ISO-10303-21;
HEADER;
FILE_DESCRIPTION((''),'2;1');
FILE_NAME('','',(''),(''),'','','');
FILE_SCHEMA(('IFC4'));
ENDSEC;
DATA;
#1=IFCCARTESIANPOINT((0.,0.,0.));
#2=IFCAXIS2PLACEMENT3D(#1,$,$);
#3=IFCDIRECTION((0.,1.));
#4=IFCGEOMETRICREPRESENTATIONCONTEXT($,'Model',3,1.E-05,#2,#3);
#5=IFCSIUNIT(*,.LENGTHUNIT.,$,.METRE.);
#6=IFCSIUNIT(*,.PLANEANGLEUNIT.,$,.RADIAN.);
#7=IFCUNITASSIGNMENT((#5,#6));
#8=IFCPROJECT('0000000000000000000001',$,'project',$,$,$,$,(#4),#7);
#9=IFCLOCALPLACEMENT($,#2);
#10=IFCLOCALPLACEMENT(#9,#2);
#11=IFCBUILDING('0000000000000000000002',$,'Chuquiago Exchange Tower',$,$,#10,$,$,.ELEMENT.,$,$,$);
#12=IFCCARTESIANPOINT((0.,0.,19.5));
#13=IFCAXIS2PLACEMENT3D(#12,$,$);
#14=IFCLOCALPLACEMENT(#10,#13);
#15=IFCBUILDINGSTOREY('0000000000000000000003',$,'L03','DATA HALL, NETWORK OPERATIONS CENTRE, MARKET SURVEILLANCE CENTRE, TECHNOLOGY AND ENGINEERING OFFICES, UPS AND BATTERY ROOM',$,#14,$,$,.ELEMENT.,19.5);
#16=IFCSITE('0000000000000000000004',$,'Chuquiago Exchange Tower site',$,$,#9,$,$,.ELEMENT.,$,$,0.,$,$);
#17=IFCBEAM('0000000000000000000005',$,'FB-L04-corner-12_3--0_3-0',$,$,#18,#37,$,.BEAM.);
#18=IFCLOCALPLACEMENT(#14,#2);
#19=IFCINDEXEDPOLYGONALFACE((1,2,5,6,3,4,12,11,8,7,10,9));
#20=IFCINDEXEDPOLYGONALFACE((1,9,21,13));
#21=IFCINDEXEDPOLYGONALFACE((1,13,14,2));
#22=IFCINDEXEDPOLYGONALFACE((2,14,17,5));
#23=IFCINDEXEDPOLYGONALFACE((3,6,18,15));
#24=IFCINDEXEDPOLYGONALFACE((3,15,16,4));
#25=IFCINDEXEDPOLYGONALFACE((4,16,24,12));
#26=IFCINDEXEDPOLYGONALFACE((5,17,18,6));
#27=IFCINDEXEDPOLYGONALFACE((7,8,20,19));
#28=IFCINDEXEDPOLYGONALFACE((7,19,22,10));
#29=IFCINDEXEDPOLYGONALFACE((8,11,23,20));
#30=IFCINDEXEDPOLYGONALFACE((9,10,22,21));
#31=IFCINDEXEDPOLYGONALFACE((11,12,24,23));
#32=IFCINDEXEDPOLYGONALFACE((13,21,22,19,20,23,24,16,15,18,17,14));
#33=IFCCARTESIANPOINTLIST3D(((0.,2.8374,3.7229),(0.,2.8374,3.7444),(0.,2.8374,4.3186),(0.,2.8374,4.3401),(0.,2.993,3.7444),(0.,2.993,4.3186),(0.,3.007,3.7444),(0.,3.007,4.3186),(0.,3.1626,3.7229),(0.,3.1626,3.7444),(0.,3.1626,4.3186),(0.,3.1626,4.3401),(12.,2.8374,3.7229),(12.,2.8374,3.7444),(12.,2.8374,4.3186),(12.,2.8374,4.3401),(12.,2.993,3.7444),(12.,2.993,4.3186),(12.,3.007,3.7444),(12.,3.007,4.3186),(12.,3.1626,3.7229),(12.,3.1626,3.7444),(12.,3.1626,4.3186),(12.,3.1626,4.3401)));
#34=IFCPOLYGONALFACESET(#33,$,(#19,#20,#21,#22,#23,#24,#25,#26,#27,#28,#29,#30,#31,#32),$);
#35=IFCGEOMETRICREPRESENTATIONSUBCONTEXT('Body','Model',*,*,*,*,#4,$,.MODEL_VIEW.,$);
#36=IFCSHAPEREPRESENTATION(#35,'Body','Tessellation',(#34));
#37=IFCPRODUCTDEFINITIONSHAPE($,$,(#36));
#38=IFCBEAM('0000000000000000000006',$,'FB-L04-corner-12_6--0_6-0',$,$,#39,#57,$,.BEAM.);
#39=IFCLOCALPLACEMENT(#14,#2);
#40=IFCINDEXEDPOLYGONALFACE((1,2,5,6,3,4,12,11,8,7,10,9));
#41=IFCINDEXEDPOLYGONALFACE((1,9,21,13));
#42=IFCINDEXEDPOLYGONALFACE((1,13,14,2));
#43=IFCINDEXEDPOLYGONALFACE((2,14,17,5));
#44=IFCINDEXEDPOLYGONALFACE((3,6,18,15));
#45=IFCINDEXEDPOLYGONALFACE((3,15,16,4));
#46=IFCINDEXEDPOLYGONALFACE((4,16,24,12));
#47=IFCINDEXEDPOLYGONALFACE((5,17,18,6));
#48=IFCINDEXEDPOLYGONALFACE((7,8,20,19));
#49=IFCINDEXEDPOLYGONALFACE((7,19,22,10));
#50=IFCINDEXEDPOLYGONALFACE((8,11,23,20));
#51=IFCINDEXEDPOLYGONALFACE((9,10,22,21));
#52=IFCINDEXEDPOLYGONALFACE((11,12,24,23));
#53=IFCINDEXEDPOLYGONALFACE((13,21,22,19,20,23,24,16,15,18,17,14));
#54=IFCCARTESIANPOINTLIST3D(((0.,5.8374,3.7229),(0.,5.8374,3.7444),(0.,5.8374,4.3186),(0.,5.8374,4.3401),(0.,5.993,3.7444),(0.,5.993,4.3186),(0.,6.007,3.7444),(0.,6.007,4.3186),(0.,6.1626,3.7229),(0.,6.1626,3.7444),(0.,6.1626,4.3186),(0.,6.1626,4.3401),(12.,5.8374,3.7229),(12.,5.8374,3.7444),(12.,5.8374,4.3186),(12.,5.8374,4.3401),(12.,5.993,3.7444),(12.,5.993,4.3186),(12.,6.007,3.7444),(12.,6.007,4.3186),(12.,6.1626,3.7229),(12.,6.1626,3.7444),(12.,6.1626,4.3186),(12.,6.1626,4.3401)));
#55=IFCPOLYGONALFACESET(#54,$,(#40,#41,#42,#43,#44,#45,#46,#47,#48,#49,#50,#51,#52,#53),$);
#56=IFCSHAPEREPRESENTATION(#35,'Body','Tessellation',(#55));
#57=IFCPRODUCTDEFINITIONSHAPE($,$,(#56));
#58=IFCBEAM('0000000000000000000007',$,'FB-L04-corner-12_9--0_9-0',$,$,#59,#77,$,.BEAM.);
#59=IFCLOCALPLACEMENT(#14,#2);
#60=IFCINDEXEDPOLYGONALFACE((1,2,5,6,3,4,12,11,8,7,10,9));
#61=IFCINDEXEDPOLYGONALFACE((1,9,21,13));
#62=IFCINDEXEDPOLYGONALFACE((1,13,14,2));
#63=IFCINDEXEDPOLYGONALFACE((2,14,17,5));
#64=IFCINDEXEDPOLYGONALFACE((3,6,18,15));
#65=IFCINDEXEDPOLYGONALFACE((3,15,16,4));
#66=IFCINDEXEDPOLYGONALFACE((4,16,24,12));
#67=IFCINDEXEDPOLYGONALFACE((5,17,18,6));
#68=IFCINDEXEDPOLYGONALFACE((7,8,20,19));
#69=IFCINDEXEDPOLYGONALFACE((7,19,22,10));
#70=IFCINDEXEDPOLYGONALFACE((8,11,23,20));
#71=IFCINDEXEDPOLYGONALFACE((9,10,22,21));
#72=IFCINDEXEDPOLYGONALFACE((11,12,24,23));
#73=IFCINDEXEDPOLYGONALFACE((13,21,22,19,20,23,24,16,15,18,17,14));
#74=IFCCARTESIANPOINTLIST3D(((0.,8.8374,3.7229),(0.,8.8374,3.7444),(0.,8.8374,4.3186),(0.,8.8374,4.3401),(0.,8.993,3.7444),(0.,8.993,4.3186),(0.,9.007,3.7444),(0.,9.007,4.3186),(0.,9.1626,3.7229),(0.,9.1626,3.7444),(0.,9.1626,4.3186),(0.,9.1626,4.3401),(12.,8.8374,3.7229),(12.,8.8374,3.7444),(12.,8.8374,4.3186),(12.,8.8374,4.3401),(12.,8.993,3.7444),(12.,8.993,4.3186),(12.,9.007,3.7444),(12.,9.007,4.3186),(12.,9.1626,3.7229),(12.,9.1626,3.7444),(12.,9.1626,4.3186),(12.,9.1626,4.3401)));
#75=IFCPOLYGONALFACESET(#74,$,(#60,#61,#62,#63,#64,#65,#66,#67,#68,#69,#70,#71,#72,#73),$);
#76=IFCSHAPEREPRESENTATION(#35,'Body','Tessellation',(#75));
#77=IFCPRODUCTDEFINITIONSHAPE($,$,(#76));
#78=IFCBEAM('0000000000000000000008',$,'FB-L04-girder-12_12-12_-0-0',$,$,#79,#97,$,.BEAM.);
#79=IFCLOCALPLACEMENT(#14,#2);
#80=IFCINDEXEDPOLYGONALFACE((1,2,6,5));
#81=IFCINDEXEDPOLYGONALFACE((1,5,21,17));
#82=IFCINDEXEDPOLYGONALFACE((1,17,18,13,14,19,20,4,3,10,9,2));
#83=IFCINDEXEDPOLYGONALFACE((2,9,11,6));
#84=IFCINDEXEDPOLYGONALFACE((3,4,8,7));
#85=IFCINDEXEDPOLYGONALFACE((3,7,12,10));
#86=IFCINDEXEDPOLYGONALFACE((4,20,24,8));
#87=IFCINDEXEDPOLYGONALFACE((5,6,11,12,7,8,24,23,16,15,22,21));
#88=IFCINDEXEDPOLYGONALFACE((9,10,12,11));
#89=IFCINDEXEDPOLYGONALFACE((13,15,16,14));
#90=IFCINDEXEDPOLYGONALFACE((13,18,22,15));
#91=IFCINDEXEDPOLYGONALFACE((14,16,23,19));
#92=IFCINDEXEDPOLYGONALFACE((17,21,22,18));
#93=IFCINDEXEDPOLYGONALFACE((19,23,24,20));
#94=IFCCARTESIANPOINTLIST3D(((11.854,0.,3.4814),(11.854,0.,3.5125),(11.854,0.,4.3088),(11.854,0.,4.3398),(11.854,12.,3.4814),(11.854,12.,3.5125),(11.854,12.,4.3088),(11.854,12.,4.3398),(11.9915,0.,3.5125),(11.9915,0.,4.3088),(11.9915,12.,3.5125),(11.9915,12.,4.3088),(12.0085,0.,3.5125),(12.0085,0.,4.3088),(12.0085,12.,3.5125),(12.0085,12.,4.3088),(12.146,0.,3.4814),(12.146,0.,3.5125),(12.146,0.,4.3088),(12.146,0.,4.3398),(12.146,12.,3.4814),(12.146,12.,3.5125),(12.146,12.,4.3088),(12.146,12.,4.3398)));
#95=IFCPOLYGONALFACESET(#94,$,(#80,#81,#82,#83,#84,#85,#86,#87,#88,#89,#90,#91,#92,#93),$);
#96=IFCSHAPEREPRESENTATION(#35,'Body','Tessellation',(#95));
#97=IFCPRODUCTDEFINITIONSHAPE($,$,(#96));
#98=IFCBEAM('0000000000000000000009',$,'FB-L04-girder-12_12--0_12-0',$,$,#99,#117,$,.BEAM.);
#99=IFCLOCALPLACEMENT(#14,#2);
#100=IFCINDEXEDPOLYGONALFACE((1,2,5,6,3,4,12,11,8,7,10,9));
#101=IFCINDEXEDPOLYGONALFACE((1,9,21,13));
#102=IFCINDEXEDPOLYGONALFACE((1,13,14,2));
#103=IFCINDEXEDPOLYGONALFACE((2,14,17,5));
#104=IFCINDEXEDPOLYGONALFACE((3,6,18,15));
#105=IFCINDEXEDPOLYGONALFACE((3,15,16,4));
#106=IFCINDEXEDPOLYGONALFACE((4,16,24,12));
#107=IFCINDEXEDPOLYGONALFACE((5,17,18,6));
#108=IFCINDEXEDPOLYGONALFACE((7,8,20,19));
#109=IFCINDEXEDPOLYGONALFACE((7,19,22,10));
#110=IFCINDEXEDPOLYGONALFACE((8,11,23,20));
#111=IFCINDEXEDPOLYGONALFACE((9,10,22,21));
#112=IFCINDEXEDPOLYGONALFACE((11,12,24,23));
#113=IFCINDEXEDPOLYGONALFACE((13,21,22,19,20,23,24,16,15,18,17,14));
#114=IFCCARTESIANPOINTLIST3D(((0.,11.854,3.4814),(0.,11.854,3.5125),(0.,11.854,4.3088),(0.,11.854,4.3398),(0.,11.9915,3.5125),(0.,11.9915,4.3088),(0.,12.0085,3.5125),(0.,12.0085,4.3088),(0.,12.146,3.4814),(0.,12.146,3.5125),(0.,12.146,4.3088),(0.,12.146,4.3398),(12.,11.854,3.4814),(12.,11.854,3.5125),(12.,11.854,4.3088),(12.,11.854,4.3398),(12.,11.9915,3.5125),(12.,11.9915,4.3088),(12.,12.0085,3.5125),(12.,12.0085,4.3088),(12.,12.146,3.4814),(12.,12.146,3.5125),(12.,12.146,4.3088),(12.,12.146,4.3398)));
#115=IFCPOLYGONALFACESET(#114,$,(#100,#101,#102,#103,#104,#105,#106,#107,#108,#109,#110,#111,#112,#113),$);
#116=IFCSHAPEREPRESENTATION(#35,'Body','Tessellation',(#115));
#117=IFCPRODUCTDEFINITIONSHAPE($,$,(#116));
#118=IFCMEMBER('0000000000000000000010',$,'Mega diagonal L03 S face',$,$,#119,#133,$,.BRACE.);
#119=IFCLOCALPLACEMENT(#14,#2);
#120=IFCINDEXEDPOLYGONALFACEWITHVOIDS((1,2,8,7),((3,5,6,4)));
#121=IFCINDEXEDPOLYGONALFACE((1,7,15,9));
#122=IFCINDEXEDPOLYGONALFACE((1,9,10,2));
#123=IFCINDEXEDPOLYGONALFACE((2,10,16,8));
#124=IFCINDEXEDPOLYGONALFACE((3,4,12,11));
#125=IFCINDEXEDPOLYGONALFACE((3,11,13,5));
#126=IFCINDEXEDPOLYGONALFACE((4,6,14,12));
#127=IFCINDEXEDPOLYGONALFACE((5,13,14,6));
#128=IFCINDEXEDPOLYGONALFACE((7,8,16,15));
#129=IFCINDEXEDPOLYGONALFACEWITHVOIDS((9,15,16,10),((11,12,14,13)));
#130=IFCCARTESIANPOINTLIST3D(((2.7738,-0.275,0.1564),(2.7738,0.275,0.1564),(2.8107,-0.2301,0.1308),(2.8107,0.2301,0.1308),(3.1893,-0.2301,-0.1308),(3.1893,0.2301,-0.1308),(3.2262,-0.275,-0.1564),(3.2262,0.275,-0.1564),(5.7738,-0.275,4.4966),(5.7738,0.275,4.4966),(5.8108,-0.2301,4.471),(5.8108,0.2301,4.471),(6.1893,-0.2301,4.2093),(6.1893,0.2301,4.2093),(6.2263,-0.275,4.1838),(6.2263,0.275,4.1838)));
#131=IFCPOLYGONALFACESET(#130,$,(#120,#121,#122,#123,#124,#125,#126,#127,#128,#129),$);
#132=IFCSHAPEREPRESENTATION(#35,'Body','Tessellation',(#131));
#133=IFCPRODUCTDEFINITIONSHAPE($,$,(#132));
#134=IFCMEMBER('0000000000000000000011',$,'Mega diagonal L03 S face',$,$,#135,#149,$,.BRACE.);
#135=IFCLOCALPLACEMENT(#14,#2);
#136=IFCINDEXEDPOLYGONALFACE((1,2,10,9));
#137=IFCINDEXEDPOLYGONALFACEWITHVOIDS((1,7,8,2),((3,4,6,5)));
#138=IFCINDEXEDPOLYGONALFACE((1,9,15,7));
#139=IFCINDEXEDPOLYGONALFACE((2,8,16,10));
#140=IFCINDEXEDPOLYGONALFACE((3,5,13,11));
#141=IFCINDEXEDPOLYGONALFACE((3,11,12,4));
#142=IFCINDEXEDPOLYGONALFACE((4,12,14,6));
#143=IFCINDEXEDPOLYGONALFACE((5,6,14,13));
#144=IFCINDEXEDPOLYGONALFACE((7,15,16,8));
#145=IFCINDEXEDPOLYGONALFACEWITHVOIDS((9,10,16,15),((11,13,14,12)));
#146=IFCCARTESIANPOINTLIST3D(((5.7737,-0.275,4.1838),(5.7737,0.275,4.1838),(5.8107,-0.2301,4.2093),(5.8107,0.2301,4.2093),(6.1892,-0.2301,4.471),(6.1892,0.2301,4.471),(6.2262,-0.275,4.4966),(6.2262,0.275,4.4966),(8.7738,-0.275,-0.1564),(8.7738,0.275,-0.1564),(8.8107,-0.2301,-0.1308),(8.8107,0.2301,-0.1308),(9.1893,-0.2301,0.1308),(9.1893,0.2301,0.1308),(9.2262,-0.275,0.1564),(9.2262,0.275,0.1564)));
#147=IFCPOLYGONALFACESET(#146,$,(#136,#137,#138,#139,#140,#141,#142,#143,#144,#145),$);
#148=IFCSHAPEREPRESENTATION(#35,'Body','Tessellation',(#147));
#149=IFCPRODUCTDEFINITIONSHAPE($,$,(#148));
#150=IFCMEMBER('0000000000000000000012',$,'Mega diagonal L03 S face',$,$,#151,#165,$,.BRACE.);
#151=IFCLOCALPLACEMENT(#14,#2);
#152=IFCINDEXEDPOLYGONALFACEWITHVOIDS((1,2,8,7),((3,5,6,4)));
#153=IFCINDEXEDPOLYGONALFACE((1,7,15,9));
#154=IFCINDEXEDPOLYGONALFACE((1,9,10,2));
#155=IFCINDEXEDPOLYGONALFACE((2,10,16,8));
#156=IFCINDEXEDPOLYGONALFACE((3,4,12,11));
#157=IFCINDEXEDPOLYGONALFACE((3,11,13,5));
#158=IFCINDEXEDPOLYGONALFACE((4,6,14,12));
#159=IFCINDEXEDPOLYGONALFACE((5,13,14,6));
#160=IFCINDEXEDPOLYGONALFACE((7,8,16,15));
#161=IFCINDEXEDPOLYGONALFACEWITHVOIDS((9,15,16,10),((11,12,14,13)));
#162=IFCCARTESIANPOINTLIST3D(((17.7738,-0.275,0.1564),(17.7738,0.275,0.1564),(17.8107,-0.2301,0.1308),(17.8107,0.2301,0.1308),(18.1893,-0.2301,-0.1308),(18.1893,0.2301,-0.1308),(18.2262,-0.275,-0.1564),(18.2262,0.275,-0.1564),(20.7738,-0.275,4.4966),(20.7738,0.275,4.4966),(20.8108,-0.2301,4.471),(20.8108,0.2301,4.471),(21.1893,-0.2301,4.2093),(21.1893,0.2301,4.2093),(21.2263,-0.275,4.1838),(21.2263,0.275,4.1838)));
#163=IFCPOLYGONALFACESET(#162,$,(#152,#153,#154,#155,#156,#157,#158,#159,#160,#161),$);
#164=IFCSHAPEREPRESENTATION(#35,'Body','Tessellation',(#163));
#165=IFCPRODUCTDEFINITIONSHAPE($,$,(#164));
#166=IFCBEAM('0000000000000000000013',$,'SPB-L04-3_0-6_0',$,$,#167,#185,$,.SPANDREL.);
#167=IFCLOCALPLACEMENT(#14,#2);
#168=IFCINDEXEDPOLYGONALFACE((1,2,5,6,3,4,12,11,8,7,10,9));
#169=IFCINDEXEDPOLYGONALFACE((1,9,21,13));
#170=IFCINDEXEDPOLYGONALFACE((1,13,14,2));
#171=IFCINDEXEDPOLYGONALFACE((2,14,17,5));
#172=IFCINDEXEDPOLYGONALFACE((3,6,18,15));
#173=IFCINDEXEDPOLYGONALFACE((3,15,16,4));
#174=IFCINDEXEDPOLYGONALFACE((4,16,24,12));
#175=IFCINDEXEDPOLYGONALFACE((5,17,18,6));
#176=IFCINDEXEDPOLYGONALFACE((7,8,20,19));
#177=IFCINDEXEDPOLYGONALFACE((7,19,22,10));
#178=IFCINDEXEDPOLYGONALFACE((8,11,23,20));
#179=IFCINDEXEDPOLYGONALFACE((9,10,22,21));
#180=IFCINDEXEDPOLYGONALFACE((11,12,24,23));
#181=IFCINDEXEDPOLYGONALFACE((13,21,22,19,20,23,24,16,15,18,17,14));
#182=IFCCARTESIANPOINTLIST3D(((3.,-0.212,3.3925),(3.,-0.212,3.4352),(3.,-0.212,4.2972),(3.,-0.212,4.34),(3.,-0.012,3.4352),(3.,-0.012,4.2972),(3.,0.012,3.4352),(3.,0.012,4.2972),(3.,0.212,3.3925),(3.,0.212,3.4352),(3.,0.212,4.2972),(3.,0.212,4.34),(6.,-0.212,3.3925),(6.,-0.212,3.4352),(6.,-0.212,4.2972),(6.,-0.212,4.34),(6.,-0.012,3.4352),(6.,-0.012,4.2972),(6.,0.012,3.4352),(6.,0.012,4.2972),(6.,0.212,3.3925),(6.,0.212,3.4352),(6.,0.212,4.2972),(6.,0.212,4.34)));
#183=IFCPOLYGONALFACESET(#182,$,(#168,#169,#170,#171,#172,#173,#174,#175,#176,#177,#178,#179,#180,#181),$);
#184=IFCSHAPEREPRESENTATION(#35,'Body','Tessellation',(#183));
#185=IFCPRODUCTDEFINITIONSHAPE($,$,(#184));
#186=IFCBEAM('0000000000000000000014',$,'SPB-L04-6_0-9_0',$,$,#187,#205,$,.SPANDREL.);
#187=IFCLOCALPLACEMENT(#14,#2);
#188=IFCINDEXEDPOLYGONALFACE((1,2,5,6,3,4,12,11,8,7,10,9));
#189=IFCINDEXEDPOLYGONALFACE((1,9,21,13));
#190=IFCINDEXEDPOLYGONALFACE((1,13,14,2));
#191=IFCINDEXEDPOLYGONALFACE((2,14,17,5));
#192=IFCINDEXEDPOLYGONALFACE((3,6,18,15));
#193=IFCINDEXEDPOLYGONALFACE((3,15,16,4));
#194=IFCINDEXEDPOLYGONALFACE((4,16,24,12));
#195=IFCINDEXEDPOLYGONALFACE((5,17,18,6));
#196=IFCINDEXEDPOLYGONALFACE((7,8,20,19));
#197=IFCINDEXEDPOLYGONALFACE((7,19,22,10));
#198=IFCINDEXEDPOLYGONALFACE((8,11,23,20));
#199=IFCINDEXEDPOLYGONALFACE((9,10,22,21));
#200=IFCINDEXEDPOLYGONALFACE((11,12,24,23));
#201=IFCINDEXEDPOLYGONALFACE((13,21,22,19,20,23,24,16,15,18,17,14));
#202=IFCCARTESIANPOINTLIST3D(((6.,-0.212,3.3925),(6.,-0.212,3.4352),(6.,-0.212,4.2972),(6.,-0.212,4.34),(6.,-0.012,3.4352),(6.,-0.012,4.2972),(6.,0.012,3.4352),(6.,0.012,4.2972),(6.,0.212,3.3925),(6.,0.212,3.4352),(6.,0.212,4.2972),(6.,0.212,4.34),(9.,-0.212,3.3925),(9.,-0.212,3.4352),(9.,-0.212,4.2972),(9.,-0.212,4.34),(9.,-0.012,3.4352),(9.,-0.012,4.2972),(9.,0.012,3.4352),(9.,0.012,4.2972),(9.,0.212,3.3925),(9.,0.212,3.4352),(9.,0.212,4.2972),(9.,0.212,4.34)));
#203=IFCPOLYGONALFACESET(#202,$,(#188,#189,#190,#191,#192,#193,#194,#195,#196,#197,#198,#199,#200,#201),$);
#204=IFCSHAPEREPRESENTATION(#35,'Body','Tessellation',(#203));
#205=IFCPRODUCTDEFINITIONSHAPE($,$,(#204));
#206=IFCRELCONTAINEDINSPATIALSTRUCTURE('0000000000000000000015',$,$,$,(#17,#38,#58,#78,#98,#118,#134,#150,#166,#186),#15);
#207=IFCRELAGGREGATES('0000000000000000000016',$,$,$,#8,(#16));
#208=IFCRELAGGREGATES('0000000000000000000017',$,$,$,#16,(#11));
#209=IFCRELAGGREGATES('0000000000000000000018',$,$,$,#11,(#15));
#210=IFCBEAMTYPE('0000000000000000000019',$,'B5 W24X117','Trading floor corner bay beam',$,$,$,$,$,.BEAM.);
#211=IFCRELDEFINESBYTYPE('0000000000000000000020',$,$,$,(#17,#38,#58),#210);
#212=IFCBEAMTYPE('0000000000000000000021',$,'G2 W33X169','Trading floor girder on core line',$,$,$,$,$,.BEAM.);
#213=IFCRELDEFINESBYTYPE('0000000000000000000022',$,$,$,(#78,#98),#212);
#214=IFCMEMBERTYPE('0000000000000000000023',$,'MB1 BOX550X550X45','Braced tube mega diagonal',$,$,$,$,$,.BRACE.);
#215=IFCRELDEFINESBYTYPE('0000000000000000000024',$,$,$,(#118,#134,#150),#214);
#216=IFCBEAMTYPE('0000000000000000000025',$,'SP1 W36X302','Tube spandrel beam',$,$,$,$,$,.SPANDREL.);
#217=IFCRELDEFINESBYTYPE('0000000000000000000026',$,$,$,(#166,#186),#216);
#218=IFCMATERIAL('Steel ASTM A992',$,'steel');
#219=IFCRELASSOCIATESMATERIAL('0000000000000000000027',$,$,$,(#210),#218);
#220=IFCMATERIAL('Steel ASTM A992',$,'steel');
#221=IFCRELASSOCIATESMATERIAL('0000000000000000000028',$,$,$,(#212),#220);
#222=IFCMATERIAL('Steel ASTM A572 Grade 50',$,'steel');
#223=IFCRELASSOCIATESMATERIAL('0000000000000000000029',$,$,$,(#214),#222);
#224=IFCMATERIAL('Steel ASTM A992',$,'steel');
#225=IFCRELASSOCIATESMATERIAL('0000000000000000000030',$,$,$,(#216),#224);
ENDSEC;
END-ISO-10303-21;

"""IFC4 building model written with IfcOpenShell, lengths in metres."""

from ifc_helpers import new_model, si_unit, direction, frame, origin, origin_2d, place, context, subcontext, project, spatial, hollow_rectangle, i_section, extrude, material, material_profile, profile_set, type_object, element, save


model = new_model("IFC4")

# Units and contexts
model_context = context("Model", 3, precision=1e-05, world=origin(), true_north=direction((0.0, 1.0)))
body_context = subcontext(model_context, "Body", "Model", "MODEL_VIEW")
ifc_project = project(units=[si_unit("LENGTHUNIT", "METRE"), si_unit("PLANEANGLEUNIT", "RADIAN")], contexts=[model_context])

# Site, building, storey
site_placement = place(None, origin())
site = spatial("IfcSite", under=ifc_project, at=site_placement, Name="Chuquiago Exchange Tower site", CompositionType="ELEMENT", RefElevation=0.0)
building_placement = place(site_placement, origin())
building = spatial("IfcBuilding", under=site, at=building_placement, Name="Chuquiago Exchange Tower", CompositionType="ELEMENT")
storey_placement = place(building_placement, frame((0.0, 0.0, 19.5)))
storey = spatial("IfcBuildingStorey", under=building, at=storey_placement, Name="L03", Description="DATA HALL, NETWORK OPERATIONS CENTRE, MARKET SURVEILLANCE CENTRE, TECHNOLOGY AND ENGINEERING OFFICES, UPS AND BATTERY ROOM", CompositionType="ELEMENT", Elevation=19.5)

# Beams
ifc_material_1 = material(Name="Steel ASTM A992", Category="steel")
ifc_material_profile_1 = material_profile(ifc_material_1, i_section(OverallWidth=0.3252, OverallDepth=0.6172, WebThickness=0.0139, FlangeThickness=0.0215, at=origin_2d()), Name="W24X117")
ifc_profile_set_1 = profile_set([ifc_material_profile_1], Name="Steel ASTM A992")
beam_type_1 = type_object("IfcBeamType", Name="B5 W24X117", Description="Trading floor corner bay beam", PredefinedType="BEAM", material=ifc_profile_set_1)
for number, where, z_axis, x_axis, name in (
    (1, (12.0, 3.0, 4.0315), (-1.0, 0.0, 0.0), (0.0, -1.0, 0.0), "FB-L04-corner-12_3--0_3-0"),
    (2, (12.0, 6.0, 4.0315), (-1.0, 0.0, 0.0), (0.0, -1.0, 0.0), "FB-L04-corner-12_6--0_6-0"),
    (3, (12.0, 9.0, 4.0315), (-1.0, 0.0, 0.0), (0.0, -1.0, 0.0), "FB-L04-corner-12_9--0_9-0"),
):
    element("IfcBeam", number, at=place(storey_placement, frame(where, z_axis=z_axis, x_axis=x_axis)), inside=storey, type_object=beam_type_1, Name=name, PredefinedType="BEAM", context=body_context, shape_type="SweptSolid", body=[
        extrude(i_section(OverallWidth=0.3252, OverallDepth=0.6172, WebThickness=0.0139, FlangeThickness=0.0215, at=origin_2d()), origin(), (0.0, 0.0, 1.0), 12.0),
    ])
ifc_material_2 = material(Name="Steel ASTM A992", Category="steel")
ifc_material_profile_2 = material_profile(ifc_material_2, i_section(OverallWidth=0.292, OverallDepth=0.8584, WebThickness=0.0171, FlangeThickness=0.031, at=origin_2d()), Name="W33X169")
ifc_profile_set_2 = profile_set([ifc_material_profile_2], Name="Steel ASTM A992")
beam_type_2 = type_object("IfcBeamType", Name="G2 W33X169", Description="Trading floor girder on core line", PredefinedType="BEAM", material=ifc_profile_set_2)
for number, where, z_axis, x_axis, name in (
    (4, (12.0, 12.0, 3.9106), (0.0, -1.0, 0.0), (1.0, 0.0, 0.0), "FB-L04-girder-12_12-12_-0-0"),
    (5, (12.0, 12.0, 3.9106), (-1.0, 0.0, 0.0), (0.0, -1.0, 0.0), "FB-L04-girder-12_12--0_12-0"),
):
    element("IfcBeam", number, at=place(storey_placement, frame(where, z_axis=z_axis, x_axis=x_axis)), inside=storey, type_object=beam_type_2, Name=name, PredefinedType="BEAM", context=body_context, shape_type="SweptSolid", body=[
        extrude(i_section(OverallWidth=0.292, OverallDepth=0.8584, WebThickness=0.0171, FlangeThickness=0.031, at=origin_2d()), origin(), (0.0, 0.0, 1.0), 12.0),
    ])

# Members
ifc_material_3 = material(Name="Steel ASTM A572 Grade 50", Category="steel")
ifc_material_profile_3 = material_profile(ifc_material_3, hollow_rectangle(XDim=0.55, YDim=0.55, WallThickness=0.0449, at=origin_2d()), Name="BOX550X550X45")
ifc_profile_set_3 = profile_set([ifc_material_profile_3], Name="Steel ASTM A572 Grade 50")
member_type = type_object("IfcMemberType", Name="MB1 BOX550X550X45", Description="Braced tube mega diagonal", PredefinedType="BRACE", material=ifc_profile_set_3)
for number, where, z_axis, x_axis, name in (
    (6, (3.0, 0.0, 0.0), (0.568611, 0.0, 0.822607), (0.0, 1.0, 0.0), "Mega diagonal L03 S face"),
    (7, (9.0, 0.0, 0.0), (-0.568611, 0.0, 0.822607), (0.0, -1.0, 0.0), "Mega diagonal L03 S face"),
    (8, (18.0, 0.0, 0.0), (0.568611, 0.0, 0.822607), (0.0, 1.0, 0.0), "Mega diagonal L03 S face"),
):
    element("IfcMember", number, at=place(storey_placement, frame(where, z_axis=z_axis, x_axis=x_axis)), inside=storey, type_object=member_type, Name=name, PredefinedType="BRACE", context=body_context, shape_type="SweptSolid", body=[
        extrude(hollow_rectangle(XDim=0.55, YDim=0.55, WallThickness=0.0449, at=origin_2d()), origin(), (0.0, 0.0, 1.0), 5.2761),
    ])

# Beams
ifc_material_4 = material(Name="Steel ASTM A992", Category="steel")
ifc_material_profile_4 = material_profile(ifc_material_4, i_section(OverallWidth=0.4241, OverallDepth=0.9475, WebThickness=0.0239, FlangeThickness=0.0427, at=origin_2d()), Name="W36X302")
ifc_profile_set_4 = profile_set([ifc_material_profile_4], Name="Steel ASTM A992")
beam_type_3 = type_object("IfcBeamType", Name="SP1 W36X302", Description="Tube spandrel beam", PredefinedType="SPANDREL", material=ifc_profile_set_4)
for number, where, z_axis, x_axis, name in (
    (9, (3.0, 0.0, 3.8662), (1.0, 0.0, 0.0), (0.0, 1.0, 0.0), "SPB-L04-3_0-6_0"),
    (10, (6.0, 0.0, 3.8662), (1.0, 0.0, 0.0), (0.0, 1.0, 0.0), "SPB-L04-6_0-9_0"),
):
    element("IfcBeam", number, at=place(storey_placement, frame(where, z_axis=z_axis, x_axis=x_axis)), inside=storey, type_object=beam_type_3, Name=name, PredefinedType="SPANDREL", context=body_context, shape_type="SweptSolid", body=[
        extrude(i_section(OverallWidth=0.4241, OverallDepth=0.9475, WebThickness=0.0239, FlangeThickness=0.0427, at=origin_2d()), origin(), (0.0, 0.0, 1.0), 3.0),
    ])

save(model, "model.ifc")
